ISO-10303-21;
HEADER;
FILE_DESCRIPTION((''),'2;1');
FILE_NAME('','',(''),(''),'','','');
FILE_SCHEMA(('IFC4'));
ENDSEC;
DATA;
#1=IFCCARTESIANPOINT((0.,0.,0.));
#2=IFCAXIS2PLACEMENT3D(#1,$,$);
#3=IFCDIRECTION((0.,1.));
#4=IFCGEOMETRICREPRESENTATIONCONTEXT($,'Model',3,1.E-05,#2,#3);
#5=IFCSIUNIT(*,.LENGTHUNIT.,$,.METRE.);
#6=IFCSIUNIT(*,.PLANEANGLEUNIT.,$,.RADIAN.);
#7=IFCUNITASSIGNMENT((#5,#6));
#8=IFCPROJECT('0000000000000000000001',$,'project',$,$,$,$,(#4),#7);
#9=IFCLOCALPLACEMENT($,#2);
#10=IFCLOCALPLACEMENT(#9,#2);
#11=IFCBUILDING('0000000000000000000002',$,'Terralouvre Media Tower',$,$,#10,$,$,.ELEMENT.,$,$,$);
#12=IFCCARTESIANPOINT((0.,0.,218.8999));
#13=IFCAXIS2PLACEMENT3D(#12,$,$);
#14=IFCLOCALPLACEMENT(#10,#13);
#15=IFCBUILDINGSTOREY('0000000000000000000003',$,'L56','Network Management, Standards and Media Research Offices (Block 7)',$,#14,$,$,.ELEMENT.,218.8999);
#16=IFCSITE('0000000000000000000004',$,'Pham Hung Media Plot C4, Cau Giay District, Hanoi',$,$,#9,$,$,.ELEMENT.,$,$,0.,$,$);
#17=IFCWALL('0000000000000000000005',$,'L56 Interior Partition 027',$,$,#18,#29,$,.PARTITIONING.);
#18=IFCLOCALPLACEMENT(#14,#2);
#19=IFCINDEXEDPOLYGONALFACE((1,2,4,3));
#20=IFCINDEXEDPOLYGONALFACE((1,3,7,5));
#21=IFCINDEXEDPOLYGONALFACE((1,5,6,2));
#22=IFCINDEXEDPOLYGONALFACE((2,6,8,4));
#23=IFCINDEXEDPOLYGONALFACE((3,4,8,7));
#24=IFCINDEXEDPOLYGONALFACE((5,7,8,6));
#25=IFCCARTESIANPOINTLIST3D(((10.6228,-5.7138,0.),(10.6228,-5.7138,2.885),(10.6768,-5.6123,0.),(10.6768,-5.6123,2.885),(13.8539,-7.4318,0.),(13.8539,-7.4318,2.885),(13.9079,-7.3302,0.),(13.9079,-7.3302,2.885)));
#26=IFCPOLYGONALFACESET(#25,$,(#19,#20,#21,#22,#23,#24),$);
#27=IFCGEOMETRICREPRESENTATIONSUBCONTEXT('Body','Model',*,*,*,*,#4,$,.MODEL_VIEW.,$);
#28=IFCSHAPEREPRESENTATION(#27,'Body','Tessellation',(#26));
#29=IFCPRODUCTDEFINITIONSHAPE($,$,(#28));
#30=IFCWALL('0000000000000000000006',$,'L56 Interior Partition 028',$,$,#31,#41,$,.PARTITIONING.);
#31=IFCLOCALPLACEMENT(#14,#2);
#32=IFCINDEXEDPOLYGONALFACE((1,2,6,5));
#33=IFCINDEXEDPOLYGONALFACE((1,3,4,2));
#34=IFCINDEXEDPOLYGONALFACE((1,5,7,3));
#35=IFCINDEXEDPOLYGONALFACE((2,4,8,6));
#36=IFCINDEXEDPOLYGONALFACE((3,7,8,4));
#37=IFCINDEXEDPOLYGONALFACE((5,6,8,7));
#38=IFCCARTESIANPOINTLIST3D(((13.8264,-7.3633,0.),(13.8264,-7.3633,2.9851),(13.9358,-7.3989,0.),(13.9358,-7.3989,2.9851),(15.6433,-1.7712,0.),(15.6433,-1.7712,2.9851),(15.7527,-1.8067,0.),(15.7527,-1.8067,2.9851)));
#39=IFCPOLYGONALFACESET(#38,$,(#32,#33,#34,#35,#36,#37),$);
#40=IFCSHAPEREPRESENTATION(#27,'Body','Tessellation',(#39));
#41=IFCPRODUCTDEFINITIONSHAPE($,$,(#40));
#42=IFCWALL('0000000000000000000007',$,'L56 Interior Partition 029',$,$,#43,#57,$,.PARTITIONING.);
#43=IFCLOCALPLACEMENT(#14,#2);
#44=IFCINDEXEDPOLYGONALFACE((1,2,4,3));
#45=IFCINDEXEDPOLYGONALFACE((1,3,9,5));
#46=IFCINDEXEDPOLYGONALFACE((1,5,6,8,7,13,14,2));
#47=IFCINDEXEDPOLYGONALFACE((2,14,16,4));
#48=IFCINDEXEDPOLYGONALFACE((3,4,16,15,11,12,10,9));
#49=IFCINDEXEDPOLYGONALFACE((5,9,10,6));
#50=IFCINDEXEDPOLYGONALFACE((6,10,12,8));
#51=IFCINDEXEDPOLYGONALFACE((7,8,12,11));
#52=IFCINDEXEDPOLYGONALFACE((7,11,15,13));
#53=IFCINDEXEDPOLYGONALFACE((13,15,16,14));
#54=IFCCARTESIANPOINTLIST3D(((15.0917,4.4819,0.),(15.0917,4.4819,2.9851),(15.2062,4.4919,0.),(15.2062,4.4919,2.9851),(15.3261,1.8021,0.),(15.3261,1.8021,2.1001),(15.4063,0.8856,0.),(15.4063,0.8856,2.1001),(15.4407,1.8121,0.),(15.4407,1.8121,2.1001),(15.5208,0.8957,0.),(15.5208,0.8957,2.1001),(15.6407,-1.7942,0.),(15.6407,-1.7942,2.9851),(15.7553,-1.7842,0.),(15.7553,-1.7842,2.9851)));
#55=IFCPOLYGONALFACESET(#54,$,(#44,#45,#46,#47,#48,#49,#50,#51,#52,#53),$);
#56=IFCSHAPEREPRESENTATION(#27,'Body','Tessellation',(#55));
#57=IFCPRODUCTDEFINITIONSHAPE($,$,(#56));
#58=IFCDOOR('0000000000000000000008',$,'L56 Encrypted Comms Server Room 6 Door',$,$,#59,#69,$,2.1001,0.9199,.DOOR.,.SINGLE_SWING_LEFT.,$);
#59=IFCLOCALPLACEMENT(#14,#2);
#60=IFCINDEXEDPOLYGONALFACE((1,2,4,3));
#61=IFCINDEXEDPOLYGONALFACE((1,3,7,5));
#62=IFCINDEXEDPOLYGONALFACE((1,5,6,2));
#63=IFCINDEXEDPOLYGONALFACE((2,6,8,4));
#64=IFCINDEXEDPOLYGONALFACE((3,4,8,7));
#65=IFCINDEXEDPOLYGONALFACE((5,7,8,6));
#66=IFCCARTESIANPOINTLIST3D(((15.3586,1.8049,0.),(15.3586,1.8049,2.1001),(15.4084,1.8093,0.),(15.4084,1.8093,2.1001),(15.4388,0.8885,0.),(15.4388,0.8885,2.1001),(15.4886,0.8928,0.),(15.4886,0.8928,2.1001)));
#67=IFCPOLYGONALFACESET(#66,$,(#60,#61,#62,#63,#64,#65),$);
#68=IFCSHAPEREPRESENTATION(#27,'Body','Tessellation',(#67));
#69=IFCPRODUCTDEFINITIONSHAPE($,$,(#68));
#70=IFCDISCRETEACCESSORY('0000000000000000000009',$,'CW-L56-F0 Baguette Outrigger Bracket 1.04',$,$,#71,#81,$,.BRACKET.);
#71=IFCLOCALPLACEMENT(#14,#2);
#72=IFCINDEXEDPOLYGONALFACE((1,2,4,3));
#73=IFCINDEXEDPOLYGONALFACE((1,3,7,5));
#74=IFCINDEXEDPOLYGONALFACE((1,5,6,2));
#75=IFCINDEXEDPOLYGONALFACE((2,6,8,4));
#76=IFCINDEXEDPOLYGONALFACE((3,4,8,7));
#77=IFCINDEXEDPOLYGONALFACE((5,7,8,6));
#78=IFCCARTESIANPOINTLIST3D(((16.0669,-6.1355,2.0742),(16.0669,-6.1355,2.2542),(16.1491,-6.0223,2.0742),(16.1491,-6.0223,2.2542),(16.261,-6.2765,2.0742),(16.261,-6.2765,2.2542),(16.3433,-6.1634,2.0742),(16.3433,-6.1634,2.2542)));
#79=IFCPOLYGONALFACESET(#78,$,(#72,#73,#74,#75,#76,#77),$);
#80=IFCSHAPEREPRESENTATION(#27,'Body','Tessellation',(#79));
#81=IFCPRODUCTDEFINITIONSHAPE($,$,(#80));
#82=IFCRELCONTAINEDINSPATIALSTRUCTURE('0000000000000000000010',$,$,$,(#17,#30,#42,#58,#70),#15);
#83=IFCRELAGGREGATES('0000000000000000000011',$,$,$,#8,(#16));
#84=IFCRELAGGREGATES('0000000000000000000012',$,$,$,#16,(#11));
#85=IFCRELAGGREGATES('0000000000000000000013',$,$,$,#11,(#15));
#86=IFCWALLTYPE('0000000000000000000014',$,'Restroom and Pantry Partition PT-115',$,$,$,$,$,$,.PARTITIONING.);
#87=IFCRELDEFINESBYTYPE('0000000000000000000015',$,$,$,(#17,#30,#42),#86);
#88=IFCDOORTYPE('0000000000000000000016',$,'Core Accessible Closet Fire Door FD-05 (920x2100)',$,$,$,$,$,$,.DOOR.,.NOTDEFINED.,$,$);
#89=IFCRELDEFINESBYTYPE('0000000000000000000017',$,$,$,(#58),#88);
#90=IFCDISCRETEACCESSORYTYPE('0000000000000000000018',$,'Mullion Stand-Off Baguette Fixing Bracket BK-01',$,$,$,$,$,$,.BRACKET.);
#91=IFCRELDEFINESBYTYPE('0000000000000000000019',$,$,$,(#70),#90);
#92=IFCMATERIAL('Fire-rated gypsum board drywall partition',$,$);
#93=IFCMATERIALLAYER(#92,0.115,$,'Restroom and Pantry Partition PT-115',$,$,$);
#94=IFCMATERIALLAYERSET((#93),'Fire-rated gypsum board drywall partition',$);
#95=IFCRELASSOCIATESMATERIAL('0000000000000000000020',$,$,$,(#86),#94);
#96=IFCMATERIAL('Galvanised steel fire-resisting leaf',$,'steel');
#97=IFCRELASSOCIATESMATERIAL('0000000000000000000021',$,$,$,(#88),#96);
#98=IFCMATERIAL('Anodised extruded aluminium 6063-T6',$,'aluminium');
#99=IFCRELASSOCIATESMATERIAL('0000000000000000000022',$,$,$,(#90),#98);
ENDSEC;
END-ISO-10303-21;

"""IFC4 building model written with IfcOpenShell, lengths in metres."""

from ifc_helpers import new_model, si_unit, direction, frame, frame_2d, origin, origin_2d, place, context, subcontext, project, spatial, rectangle, extrude, material, layer, layer_set, type_object, element, fill, save


model = new_model("IFC4")

# Units and contexts
model_context = context("Model", 3, precision=1e-05, world=origin(), true_north=direction((0.0, 1.0)))
body_context = subcontext(model_context, "Body", "Model", "MODEL_VIEW")
ifc_project = project(units=[si_unit("LENGTHUNIT", "METRE"), si_unit("PLANEANGLEUNIT", "RADIAN")], contexts=[model_context])

# Site, building, storey
site_placement = place(None, origin())
site = spatial("IfcSite", under=ifc_project, at=site_placement, Name="Pham Hung Media Plot C4, Cau Giay District, Hanoi", CompositionType="ELEMENT", RefElevation=0.0)
building_placement = place(site_placement, origin())
building = spatial("IfcBuilding", under=site, at=building_placement, Name="Terralouvre Media Tower", CompositionType="ELEMENT")
storey_placement = place(building_placement, frame((0.0, 0.0, 218.8999)))
storey = spatial("IfcBuildingStorey", under=building, at=storey_placement, Name="L56", Description="Network Management, Standards and Media Research Offices (Block 7)", CompositionType="ELEMENT", Elevation=218.8999)

# Shared definitions
ifc_material_1 = material(Name="Fire-rated gypsum board drywall partition")
ifc_layer_1 = layer(ifc_material_1, 0.115, Name="Restroom and Pantry Partition PT-115")
ifc_layer_set_1 = layer_set([ifc_layer_1], Name="Fire-rated gypsum board drywall partition")
wall_type_1 = type_object("IfcWallType", Name="Restroom and Pantry Partition PT-115", PredefinedType="PARTITIONING", material=ifc_layer_set_1)

# Walls
wall_1_placement = place(storey_placement, frame((10.6499, -5.6631, 0.0), z_axis=(0.0, 0.0, 1.0), x_axis=(0.882952, -0.469462, 0.0)))
element("IfcWall", 1, at=wall_1_placement, inside=storey, type_object=wall_type_1, Name="L56 Interior Partition 027", PredefinedType="PARTITIONING", context=body_context, shape_type="SweptSolid", body=[
    extrude(rectangle(XDim=3.6594, YDim=0.115, at=frame_2d((1.8296, 0.0))), origin(), (0.0, 0.0, 1.0), 2.885),
])
wall_2_placement = place(storey_placement, frame((13.8811, -7.3811, 0.0), z_axis=(0.0, 0.0, 1.0), x_axis=(0.309006, 0.95106, 0.0)))
element("IfcWall", 2, at=wall_2_placement, inside=storey, type_object=wall_type_1, Name="L56 Interior Partition 028", PredefinedType="PARTITIONING", context=body_context, shape_type="SweptSolid", body=[
    extrude(rectangle(XDim=5.8799, YDim=0.115, at=frame_2d((2.9399, 0.0))), origin(), (0.0, 0.0, 1.0), 2.9851),
])

# Wall, opening, door
wall_3_placement = place(storey_placement, frame((15.698, -1.7891, 0.0), z_axis=(0.0, 0.0, 1.0), x_axis=(-0.087153, 0.996195, 0.0)))
wall_3 = element("IfcWall", 3, at=wall_3_placement, inside=storey, type_object=wall_type_1, Name="L56 Interior Partition 029", PredefinedType="PARTITIONING", context=body_context, shape_type="SweptSolid", body=[
    extrude(rectangle(XDim=6.3, YDim=0.115, at=frame_2d((3.1499, 0.0))), origin(), (0.0, 0.0, 1.0), 2.9851),
])
opening_1_placement = place(wall_3_placement, frame((2.6899, 0.0, 0.0)))
opening_1 = element("IfcOpeningElement", 4, at=opening_1_placement, cuts=wall_3, PredefinedType="OPENING", context=body_context, shape_type="SweptSolid", body=[
    extrude(rectangle(XDim=0.9199, YDim=2.1001, at=frame_2d((0.46, 1.05))), frame((0.0, 0.0674, 0.0), z_axis=(0.0, -1.0, 0.0), x_axis=(1.0, 0.0, 0.0)), (0.0, 0.0, 1.0), 0.135),
])
ifc_material_2 = material(Name="Galvanised steel fire-resisting leaf", Category="steel")
door_type_1 = type_object("IfcDoorType", Name="Core Accessible Closet Fire Door FD-05 (920x2100)", OperationType="NOTDEFINED", PredefinedType="DOOR", material=ifc_material_2)
door_1_placement = place(opening_1_placement, origin())
door_1 = element("IfcDoor", 5, at=door_1_placement, inside=storey, type_object=door_type_1, Name="L56 Encrypted Comms Server Room 6 Door", OperationType="SINGLE_SWING_LEFT", OverallHeight=2.1001, OverallWidth=0.9199, PredefinedType="DOOR", context=body_context, shape_type="SweptSolid", body=[
    extrude(rectangle(XDim=0.9199, YDim=2.1001, at=frame_2d((0.46, 1.05))), frame((0.0, 0.0249, 0.0), z_axis=(0.0, -1.0, 0.0), x_axis=(1.0, 0.0, 0.0)), (0.0, 0.0, 1.0), 0.05),
])
fill(opening_1, door_1)

# Discrete accessory
ifc_material_3 = material(Name="Anodised extruded aluminium 6063-T6", Category="aluminium")
discrete_accessory_type = type_object("IfcDiscreteAccessoryType", Name="Mullion Stand-Off Baguette Fixing Bracket BK-01", PredefinedType="BRACKET", material=ifc_material_3)
discrete_accessory_placement = place(storey_placement, frame((16.2051, -6.1494, 2.0742), z_axis=(0.0, 0.0, 1.0), x_axis=(0.587785, 0.809017, 0.0)))
element("IfcDiscreteAccessory", 6, at=discrete_accessory_placement, inside=storey, type_object=discrete_accessory_type, Name="CW-L56-F0 Baguette Outrigger Bracket 1.04", PredefinedType="BRACKET", context=body_context, shape_type="SweptSolid", body=[
    extrude(rectangle(XDim=0.1399, YDim=0.24, at=origin_2d()), origin(), (0.0, 0.0, 1.0), 0.1799),
])

save(model, "model.ifc")
